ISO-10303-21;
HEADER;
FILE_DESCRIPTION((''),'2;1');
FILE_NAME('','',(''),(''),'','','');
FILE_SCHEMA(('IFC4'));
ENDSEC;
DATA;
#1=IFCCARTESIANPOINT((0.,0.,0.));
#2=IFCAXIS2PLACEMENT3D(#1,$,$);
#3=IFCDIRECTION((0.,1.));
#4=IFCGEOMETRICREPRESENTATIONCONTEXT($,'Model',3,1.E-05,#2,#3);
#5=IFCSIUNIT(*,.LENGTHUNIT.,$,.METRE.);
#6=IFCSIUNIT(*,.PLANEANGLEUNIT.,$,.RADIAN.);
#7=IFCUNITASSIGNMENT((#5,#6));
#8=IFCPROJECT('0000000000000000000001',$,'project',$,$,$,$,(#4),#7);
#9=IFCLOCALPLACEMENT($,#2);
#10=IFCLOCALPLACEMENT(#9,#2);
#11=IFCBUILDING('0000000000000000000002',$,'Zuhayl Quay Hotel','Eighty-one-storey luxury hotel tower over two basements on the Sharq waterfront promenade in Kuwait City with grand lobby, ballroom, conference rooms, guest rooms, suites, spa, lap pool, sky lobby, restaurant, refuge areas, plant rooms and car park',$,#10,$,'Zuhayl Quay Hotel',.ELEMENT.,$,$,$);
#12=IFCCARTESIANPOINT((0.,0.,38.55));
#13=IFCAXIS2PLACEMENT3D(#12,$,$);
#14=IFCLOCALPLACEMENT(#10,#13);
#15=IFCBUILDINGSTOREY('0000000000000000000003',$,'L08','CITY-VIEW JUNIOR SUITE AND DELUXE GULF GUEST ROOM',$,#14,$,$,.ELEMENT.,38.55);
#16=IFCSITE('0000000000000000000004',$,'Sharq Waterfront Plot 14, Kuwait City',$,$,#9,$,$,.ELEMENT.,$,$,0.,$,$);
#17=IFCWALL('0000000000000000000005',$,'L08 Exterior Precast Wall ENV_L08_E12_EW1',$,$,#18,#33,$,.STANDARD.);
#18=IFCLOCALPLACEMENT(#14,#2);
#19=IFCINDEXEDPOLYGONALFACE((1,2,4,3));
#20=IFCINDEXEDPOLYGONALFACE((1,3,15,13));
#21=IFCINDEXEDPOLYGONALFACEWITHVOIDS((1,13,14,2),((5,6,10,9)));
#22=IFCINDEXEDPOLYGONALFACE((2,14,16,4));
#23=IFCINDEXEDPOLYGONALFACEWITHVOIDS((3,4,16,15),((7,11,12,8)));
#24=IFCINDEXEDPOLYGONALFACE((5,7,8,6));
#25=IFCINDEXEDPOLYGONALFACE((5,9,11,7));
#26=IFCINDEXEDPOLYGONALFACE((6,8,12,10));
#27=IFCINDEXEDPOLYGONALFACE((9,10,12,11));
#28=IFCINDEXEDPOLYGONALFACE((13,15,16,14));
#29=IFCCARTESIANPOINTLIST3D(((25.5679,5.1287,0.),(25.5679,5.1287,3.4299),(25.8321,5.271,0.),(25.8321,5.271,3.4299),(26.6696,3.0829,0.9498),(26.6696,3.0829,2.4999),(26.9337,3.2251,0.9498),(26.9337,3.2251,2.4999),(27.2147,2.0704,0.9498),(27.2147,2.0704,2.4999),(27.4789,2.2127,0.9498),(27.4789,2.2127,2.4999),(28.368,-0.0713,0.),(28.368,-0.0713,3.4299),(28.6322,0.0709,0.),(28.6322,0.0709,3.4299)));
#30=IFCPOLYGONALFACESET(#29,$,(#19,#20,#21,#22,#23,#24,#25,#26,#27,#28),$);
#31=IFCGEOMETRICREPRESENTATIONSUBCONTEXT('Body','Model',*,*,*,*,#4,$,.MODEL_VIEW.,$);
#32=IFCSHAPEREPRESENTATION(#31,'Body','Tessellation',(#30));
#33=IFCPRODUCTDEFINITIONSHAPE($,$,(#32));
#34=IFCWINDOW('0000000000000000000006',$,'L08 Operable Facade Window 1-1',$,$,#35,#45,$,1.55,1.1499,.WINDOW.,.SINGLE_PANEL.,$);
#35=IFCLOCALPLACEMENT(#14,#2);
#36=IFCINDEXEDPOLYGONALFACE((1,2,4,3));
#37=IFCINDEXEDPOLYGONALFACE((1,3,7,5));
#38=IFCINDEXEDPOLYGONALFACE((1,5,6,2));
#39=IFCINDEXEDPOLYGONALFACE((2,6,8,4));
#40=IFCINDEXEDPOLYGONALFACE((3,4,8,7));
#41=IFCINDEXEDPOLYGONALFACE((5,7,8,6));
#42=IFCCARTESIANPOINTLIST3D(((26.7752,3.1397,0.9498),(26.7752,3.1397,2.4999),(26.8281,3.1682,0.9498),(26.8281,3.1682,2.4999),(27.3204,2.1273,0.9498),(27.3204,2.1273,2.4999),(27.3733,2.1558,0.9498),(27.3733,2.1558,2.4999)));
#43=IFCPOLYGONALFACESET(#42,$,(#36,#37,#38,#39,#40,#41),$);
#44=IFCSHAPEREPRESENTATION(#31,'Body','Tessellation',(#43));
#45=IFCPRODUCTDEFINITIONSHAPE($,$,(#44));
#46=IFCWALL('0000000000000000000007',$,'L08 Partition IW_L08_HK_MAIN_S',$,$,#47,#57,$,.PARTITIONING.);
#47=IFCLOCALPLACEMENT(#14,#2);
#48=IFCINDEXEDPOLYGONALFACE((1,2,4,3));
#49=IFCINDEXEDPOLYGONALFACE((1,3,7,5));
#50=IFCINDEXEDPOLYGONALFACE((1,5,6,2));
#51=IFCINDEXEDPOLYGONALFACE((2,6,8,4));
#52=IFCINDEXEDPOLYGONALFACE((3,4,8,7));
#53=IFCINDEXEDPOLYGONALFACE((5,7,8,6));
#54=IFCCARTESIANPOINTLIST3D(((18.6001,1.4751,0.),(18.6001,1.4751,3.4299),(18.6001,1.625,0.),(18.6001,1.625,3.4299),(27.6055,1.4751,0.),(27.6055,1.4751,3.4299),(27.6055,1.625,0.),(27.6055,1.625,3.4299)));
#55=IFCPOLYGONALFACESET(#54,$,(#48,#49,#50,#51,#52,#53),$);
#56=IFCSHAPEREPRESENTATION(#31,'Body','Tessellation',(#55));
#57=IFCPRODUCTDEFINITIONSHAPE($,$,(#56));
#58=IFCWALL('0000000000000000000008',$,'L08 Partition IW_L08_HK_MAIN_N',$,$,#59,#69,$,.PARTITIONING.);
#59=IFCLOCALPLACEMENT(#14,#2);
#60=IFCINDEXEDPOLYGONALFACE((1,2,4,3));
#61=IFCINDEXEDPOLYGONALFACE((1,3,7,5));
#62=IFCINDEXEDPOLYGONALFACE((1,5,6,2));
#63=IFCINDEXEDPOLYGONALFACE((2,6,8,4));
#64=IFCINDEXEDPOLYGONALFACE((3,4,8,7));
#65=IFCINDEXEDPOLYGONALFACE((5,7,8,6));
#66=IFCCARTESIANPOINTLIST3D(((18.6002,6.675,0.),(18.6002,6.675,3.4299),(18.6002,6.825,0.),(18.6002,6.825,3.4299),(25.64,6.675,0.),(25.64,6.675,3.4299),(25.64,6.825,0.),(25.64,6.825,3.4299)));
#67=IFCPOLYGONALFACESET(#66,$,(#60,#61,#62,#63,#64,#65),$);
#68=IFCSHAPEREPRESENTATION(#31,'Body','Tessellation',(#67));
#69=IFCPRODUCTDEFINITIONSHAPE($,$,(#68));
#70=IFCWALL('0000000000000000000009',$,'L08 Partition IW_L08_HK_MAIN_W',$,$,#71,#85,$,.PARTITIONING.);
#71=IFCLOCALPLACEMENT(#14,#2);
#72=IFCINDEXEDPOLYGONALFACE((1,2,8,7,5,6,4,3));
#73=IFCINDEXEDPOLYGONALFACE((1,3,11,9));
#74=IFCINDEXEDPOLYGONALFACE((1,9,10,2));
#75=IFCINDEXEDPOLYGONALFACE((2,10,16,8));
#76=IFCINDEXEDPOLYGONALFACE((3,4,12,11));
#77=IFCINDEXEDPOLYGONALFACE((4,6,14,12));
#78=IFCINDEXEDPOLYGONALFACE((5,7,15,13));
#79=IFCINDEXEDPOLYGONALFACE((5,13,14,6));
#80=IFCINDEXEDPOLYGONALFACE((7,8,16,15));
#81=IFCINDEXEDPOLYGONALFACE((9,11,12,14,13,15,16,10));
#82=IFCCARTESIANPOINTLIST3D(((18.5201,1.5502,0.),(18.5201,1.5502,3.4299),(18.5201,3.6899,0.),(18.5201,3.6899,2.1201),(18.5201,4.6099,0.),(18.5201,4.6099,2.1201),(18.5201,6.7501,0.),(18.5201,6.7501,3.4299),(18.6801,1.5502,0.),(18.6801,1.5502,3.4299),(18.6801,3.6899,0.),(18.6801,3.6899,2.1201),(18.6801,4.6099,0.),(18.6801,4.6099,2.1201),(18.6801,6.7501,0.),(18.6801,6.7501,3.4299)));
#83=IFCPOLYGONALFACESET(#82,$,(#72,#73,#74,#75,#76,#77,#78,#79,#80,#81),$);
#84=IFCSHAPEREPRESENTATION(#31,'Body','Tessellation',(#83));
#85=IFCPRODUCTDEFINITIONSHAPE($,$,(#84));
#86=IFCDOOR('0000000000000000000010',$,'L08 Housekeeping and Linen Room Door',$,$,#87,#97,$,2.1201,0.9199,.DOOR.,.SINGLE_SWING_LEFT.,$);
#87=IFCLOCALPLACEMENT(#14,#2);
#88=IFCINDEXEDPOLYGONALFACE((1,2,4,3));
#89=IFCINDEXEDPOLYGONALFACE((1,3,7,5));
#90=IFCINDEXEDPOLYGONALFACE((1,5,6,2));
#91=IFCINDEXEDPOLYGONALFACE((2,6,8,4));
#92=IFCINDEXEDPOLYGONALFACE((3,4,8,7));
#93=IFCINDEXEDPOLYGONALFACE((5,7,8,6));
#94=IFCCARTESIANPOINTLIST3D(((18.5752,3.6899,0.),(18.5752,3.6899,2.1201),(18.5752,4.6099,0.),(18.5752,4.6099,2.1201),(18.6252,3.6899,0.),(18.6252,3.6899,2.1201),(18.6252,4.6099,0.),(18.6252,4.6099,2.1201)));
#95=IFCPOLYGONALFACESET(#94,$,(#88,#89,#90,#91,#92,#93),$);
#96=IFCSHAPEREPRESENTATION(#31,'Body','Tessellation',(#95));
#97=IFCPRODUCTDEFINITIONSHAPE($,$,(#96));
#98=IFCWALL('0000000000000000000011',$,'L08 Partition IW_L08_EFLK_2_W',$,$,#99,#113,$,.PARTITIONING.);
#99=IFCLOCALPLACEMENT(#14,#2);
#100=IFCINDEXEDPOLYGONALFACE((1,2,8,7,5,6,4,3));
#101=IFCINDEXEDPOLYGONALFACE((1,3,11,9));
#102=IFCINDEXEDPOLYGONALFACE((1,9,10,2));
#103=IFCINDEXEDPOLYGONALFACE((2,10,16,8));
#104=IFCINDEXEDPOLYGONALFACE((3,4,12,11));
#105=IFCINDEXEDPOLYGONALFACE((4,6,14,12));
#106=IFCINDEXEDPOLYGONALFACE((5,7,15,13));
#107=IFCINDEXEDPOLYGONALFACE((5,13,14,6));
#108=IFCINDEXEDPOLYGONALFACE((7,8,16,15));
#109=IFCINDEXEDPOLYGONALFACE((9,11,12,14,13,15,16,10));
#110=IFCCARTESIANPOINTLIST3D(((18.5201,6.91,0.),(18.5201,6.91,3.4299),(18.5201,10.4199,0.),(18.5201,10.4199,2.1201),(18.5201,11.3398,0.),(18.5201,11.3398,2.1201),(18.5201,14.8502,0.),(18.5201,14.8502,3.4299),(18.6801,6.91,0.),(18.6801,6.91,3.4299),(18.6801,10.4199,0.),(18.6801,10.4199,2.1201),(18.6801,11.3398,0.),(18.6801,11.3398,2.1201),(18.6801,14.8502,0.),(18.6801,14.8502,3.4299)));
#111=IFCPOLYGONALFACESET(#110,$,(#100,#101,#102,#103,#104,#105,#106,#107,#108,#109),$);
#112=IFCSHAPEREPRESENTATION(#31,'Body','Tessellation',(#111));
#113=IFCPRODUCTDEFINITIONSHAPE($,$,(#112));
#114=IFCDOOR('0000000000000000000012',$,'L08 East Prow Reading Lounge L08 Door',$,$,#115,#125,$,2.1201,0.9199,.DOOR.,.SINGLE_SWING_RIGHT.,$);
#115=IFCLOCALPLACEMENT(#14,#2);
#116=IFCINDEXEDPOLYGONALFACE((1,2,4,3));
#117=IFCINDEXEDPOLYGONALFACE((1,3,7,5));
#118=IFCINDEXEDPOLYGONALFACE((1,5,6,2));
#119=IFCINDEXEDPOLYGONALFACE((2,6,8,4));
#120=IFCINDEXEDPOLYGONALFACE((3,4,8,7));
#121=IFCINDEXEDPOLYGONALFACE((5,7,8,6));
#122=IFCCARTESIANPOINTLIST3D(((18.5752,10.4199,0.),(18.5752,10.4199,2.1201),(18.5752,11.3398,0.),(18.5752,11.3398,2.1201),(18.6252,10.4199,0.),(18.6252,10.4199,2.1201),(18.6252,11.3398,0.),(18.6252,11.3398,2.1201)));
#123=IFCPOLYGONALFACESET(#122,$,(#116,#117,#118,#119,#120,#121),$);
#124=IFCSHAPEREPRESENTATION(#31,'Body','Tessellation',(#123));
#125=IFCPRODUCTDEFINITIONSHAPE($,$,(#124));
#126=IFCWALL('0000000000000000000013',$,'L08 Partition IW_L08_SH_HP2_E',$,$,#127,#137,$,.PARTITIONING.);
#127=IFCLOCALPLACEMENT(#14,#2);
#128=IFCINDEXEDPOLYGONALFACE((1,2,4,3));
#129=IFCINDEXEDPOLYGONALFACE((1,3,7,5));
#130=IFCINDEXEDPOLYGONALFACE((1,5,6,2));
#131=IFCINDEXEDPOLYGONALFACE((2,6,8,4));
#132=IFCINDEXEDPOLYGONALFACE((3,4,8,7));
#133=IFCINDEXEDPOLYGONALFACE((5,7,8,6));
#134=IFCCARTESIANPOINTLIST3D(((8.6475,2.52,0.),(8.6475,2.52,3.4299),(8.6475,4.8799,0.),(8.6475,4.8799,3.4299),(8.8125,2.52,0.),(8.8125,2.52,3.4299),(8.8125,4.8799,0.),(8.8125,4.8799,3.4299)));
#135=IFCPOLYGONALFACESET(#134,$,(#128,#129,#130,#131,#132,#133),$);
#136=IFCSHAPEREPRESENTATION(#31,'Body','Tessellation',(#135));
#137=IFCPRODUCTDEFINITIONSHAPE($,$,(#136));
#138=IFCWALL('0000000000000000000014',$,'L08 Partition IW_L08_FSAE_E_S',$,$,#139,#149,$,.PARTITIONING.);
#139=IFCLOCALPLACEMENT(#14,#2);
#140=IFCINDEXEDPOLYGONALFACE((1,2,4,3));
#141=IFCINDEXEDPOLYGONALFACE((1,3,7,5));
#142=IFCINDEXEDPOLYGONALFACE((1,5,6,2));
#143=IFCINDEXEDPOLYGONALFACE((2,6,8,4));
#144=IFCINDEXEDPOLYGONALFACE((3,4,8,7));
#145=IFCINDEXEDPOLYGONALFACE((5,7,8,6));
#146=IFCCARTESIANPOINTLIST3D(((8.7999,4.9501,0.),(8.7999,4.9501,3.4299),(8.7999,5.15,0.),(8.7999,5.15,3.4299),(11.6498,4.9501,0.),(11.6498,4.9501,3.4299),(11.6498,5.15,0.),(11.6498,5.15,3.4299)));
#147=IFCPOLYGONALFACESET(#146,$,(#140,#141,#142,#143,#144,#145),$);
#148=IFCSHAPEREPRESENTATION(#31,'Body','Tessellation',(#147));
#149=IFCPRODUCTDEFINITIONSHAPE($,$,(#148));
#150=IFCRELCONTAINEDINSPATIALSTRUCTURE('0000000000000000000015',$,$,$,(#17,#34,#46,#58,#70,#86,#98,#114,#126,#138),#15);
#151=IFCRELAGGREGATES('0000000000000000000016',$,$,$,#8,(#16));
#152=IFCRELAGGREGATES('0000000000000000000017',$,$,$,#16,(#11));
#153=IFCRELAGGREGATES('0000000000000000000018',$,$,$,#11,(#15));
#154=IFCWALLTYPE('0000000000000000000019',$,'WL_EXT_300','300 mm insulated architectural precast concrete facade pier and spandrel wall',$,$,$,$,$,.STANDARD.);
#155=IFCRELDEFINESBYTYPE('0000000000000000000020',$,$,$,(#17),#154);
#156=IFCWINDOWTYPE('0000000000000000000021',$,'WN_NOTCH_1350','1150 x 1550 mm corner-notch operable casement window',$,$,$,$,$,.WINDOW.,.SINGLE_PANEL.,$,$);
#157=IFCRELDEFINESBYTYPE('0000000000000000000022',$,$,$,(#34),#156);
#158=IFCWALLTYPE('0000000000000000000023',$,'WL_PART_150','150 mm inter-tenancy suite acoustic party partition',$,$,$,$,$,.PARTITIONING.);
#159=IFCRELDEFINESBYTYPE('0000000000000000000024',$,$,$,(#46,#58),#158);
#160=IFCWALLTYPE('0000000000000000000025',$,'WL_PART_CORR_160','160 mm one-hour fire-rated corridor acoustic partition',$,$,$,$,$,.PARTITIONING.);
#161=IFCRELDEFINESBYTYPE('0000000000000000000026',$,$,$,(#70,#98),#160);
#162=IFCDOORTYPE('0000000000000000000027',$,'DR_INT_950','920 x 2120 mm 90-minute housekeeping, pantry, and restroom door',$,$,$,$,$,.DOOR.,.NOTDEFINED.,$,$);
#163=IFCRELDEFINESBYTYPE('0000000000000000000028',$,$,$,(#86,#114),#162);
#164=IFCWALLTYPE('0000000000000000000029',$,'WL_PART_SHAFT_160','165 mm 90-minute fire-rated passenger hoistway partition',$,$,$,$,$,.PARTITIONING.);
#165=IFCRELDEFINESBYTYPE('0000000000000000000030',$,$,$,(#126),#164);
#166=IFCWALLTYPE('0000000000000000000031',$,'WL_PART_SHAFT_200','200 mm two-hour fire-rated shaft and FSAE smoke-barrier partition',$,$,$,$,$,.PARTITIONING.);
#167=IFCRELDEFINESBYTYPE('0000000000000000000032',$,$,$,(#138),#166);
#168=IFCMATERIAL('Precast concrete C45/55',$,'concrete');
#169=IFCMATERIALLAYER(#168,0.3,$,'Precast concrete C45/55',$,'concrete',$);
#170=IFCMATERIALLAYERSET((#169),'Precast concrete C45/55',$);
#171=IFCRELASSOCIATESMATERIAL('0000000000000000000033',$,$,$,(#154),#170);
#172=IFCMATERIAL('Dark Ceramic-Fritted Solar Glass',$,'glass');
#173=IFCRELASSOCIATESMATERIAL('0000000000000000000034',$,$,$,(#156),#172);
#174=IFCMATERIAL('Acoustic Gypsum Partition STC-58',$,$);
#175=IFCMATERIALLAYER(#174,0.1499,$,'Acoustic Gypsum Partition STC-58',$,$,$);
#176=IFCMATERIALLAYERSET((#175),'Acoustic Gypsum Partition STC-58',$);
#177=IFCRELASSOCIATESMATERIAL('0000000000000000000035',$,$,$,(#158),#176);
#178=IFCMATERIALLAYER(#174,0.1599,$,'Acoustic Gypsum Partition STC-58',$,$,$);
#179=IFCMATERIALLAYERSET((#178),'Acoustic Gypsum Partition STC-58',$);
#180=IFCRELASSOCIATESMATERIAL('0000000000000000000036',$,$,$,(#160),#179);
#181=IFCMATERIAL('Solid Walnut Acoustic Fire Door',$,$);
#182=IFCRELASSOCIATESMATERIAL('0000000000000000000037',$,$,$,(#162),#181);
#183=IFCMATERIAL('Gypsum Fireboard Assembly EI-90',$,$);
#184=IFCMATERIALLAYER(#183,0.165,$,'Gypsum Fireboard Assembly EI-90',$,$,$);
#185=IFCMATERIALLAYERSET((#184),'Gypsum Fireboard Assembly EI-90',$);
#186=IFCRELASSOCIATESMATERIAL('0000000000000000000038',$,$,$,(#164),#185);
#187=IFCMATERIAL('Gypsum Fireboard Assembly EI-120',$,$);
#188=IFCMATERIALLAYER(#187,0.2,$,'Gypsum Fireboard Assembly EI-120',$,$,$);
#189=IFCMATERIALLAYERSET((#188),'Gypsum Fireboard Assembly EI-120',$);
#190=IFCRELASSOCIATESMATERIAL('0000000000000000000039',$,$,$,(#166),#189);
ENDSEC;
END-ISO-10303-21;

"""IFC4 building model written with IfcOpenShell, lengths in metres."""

from ifc_helpers import new_model, si_unit, direction, frame, frame_2d, origin, place, context, subcontext, project, spatial, rectangle, extrude, material, layer, layer_set, type_object, element, fill, save


model = new_model("IFC4")

# Units and contexts
model_context = context("Model", 3, precision=1e-05, world=origin(), true_north=direction((0.0, 1.0)))
body_context = subcontext(model_context, "Body", "Model", "MODEL_VIEW")
ifc_project = project(units=[si_unit("LENGTHUNIT", "METRE"), si_unit("PLANEANGLEUNIT", "RADIAN")], contexts=[model_context])

# Site, building, storey
site_placement = place(None, origin())
site = spatial("IfcSite", under=ifc_project, at=site_placement, Name="Sharq Waterfront Plot 14, Kuwait City", CompositionType="ELEMENT", RefElevation=0.0)
building_placement = place(site_placement, origin())
building = spatial("IfcBuilding", under=site, at=building_placement, Name="Zuhayl Quay Hotel", Description="Eighty-one-storey luxury hotel tower over two basements on the Sharq waterfront promenade in Kuwait City with grand lobby, ballroom, conference rooms, guest rooms, suites, spa, lap pool, sky lobby, restaurant, refuge areas, plant rooms and car park", LongName="Zuhayl Quay Hotel", CompositionType="ELEMENT")
storey_placement = place(building_placement, frame((0.0, 0.0, 38.55)))
storey = spatial("IfcBuildingStorey", under=building, at=storey_placement, Name="L08", Description="CITY-VIEW JUNIOR SUITE AND DELUXE GULF GUEST ROOM", CompositionType="ELEMENT", Elevation=38.55)

# Shared definitions
ifc_material_1 = material(Name="Dark Ceramic-Fritted Solar Glass", Category="glass")

# Shared definitions
ifc_material_2 = material(Name="Precast concrete C45/55", Category="concrete")
ifc_layer_1 = layer(ifc_material_2, 0.3, Name="Precast concrete C45/55", Category="concrete")
ifc_layer_set_1 = layer_set([ifc_layer_1], Name="Precast concrete C45/55")
wall_type_1 = type_object("IfcWallType", Name="WL_EXT_300", Description="300 mm insulated architectural precast concrete facade pier and spandrel wall", PredefinedType="STANDARD", material=ifc_layer_set_1)

# Wall, opening, window
wall_1_placement = place(storey_placement, frame((25.7, 5.2, 0.0), z_axis=(0.0, 0.0, 1.0), x_axis=(0.47411, -0.880466, 0.0)))
wall_1 = element("IfcWall", 1, at=wall_1_placement, inside=storey, type_object=wall_type_1, Name="L08 Exterior Precast Wall ENV_L08_E12_EW1", PredefinedType="STANDARD", context=body_context, shape_type="SweptSolid", body=[
    extrude(rectangle(XDim=5.906, YDim=0.3, at=frame_2d((2.9531, 0.0))), origin(), (0.0, 0.0, 1.0), 3.4299),
])
opening_1_placement = place(wall_1_placement, frame((2.3237, 0.0, 0.95)))
opening_1 = element("IfcOpeningElement", 2, at=opening_1_placement, cuts=wall_1, PredefinedType="OPENING", context=body_context, shape_type="SweptSolid", body=[
    extrude(rectangle(XDim=1.1499, YDim=1.55, at=frame_2d((0.575, 0.7749))), frame((0.0, 0.1599, 0.0), z_axis=(0.0, -1.0, 0.0), x_axis=(1.0, 0.0, 0.0)), (0.0, 0.0, 1.0), 0.3201),
])
window_type = type_object("IfcWindowType", Name="WN_NOTCH_1350", Description="1150 x 1550 mm corner-notch operable casement window", PartitioningType="SINGLE_PANEL", PredefinedType="WINDOW", material=ifc_material_1)
window_placement = place(opening_1_placement, origin())
window = element("IfcWindow", 3, at=window_placement, inside=storey, type_object=window_type, Name="L08 Operable Facade Window 1-1", OverallHeight=1.55, OverallWidth=1.1499, PartitioningType="SINGLE_PANEL", PredefinedType="WINDOW", context=body_context, shape_type="SweptSolid", body=[
    extrude(rectangle(XDim=1.1499, YDim=1.55, at=frame_2d((0.575, 0.7749))), frame((0.0, 0.03, 0.0), z_axis=(0.0, -1.0, 0.0), x_axis=(1.0, 0.0, 0.0)), (0.0, 0.0, 1.0), 0.0601),
])
fill(opening_1, window)

# Walls
ifc_material_3 = material(Name="Acoustic Gypsum Partition STC-58")
ifc_layer_2 = layer(ifc_material_3, 0.1499, Name="Acoustic Gypsum Partition STC-58")
ifc_layer_set_2 = layer_set([ifc_layer_2], Name="Acoustic Gypsum Partition STC-58")
wall_type_2 = type_object("IfcWallType", Name="WL_PART_150", Description="150 mm inter-tenancy suite acoustic party partition", PredefinedType="PARTITIONING", material=ifc_layer_set_2)
wall_2_placement = place(storey_placement, frame((18.6001, 1.55, 0.0), z_axis=(0.0, 0.0, 1.0), x_axis=(1.0, 0.0, 0.0)))
element("IfcWall", 4, at=wall_2_placement, inside=storey, type_object=wall_type_2, Name="L08 Partition IW_L08_HK_MAIN_S", PredefinedType="PARTITIONING", context=body_context, shape_type="SweptSolid", body=[
    extrude(rectangle(XDim=9.0054, YDim=0.1499, at=frame_2d((4.5027, 0.0))), origin(), (0.0, 0.0, 1.0), 3.4299),
])
wall_3_placement = place(storey_placement, frame((18.6001, 6.75, 0.0), z_axis=(0.0, 0.0, 1.0), x_axis=(1.0, 0.0, 0.0)))
element("IfcWall", 5, at=wall_3_placement, inside=storey, type_object=wall_type_2, Name="L08 Partition IW_L08_HK_MAIN_N", PredefinedType="PARTITIONING", context=body_context, shape_type="SweptSolid", body=[
    extrude(rectangle(XDim=7.0398, YDim=0.1499, at=frame_2d((3.52, 0.0))), origin(), (0.0, 0.0, 1.0), 3.4299),
])

# Walls, openings, doors
ifc_layer_3 = layer(ifc_material_3, 0.1599, Name="Acoustic Gypsum Partition STC-58")
ifc_layer_set_3 = layer_set([ifc_layer_3], Name="Acoustic Gypsum Partition STC-58")
wall_type_3 = type_object("IfcWallType", Name="WL_PART_CORR_160", Description="160 mm one-hour fire-rated corridor acoustic partition", PredefinedType="PARTITIONING", material=ifc_layer_set_3)
wall_4_placement = place(storey_placement, frame((18.6001, 1.55, 0.0), z_axis=(0.0, 0.0, 1.0), x_axis=(0.0, 1.0, 0.0)))
wall_4 = element("IfcWall", 6, at=wall_4_placement, inside=storey, type_object=wall_type_3, Name="L08 Partition IW_L08_HK_MAIN_W", PredefinedType="PARTITIONING", context=body_context, shape_type="SweptSolid", body=[
    extrude(rectangle(XDim=5.2, YDim=0.1599, at=frame_2d((2.6001, 0.0))), origin(), (0.0, 0.0, 1.0), 3.4299),
])
opening_2_placement = place(wall_4_placement, frame((2.1399, 0.0, 0.0)))
opening_2 = element("IfcOpeningElement", 7, at=opening_2_placement, cuts=wall_4, PredefinedType="OPENING", context=body_context, shape_type="SweptSolid", body=[
    extrude(rectangle(XDim=0.9199, YDim=2.1201, at=frame_2d((0.46, 1.0601))), frame((0.0, 0.0898, 0.0), z_axis=(0.0, -1.0, 0.0), x_axis=(1.0, 0.0, 0.0)), (0.0, 0.0, 1.0), 0.1799),
])
ifc_material_4 = material(Name="Solid Walnut Acoustic Fire Door")
door_type = type_object("IfcDoorType", Name="DR_INT_950", Description="920 x 2120 mm 90-minute housekeeping, pantry, and restroom door", OperationType="NOTDEFINED", PredefinedType="DOOR", material=ifc_material_4)
door_1_placement = place(opening_2_placement, origin())
door_1 = element("IfcDoor", 8, at=door_1_placement, inside=storey, type_object=door_type, Name="L08 Housekeeping and Linen Room Door", OperationType="SINGLE_SWING_LEFT", OverallHeight=2.1201, OverallWidth=0.9199, PredefinedType="DOOR", context=body_context, shape_type="SweptSolid", body=[
    extrude(rectangle(XDim=0.9199, YDim=2.1201, at=frame_2d((0.46, 1.0601))), frame((0.0, 0.0249, 0.0), z_axis=(0.0, -1.0, 0.0), x_axis=(1.0, 0.0, 0.0)), (0.0, 0.0, 1.0), 0.05),
])
fill(opening_2, door_1)
wall_5_placement = place(storey_placement, frame((18.6001, 6.9099, 0.0), z_axis=(0.0, 0.0, 1.0), x_axis=(0.0, 1.0, 0.0)))
wall_5 = element("IfcWall", 9, at=wall_5_placement, inside=storey, type_object=wall_type_3, Name="L08 Partition IW_L08_EFLK_2_W", PredefinedType="PARTITIONING", context=body_context, shape_type="SweptSolid", body=[
    extrude(rectangle(XDim=7.9402, YDim=0.1599, at=frame_2d((3.9702, 0.0))), origin(), (0.0, 0.0, 1.0), 3.4299),
])
opening_3_placement = place(wall_5_placement, frame((3.51, 0.0, 0.0)))
opening_3 = element("IfcOpeningElement", 10, at=opening_3_placement, cuts=wall_5, PredefinedType="OPENING", context=body_context, shape_type="SweptSolid", body=[
    extrude(rectangle(XDim=0.9199, YDim=2.1201, at=frame_2d((0.46, 1.0601))), frame((0.0, 0.0898, 0.0), z_axis=(0.0, -1.0, 0.0), x_axis=(1.0, 0.0, 0.0)), (0.0, 0.0, 1.0), 0.1799),
])
door_2_placement = place(opening_3_placement, origin())
door_2 = element("IfcDoor", 11, at=door_2_placement, inside=storey, type_object=door_type, Name="L08 East Prow Reading Lounge L08 Door", OperationType="SINGLE_SWING_RIGHT", OverallHeight=2.1201, OverallWidth=0.9199, PredefinedType="DOOR", context=body_context, shape_type="SweptSolid", body=[
    extrude(rectangle(XDim=0.9199, YDim=2.1201, at=frame_2d((0.46, 1.0601))), frame((0.0, 0.0249, 0.0), z_axis=(0.0, -1.0, 0.0), x_axis=(1.0, 0.0, 0.0)), (0.0, 0.0, 1.0), 0.05),
])
fill(opening_3, door_2)

# Walls
ifc_material_5 = material(Name="Gypsum Fireboard Assembly EI-90")
ifc_layer_4 = layer(ifc_material_5, 0.165, Name="Gypsum Fireboard Assembly EI-90")
ifc_layer_set_4 = layer_set([ifc_layer_4], Name="Gypsum Fireboard Assembly EI-90")
wall_type_4 = type_object("IfcWallType", Name="WL_PART_SHAFT_160", Description="165 mm 90-minute fire-rated passenger hoistway partition", PredefinedType="PARTITIONING", material=ifc_layer_set_4)
wall_6_placement = place(storey_placement, frame((8.73, 2.52, 0.0), z_axis=(0.0, 0.0, 1.0), x_axis=(0.0, 1.0, 0.0)))
element("IfcWall", 12, at=wall_6_placement, inside=storey, type_object=wall_type_4, Name="L08 Partition IW_L08_SH_HP2_E", PredefinedType="PARTITIONING", context=body_context, shape_type="SweptSolid", body=[
    extrude(rectangle(XDim=2.3599, YDim=0.165, at=frame_2d((1.1799, 0.0))), origin(), (0.0, 0.0, 1.0), 3.4299),
])
ifc_material_6 = material(Name="Gypsum Fireboard Assembly EI-120")
ifc_layer_5 = layer(ifc_material_6, 0.2, Name="Gypsum Fireboard Assembly EI-120")
ifc_layer_set_5 = layer_set([ifc_layer_5], Name="Gypsum Fireboard Assembly EI-120")
wall_type_5 = type_object("IfcWallType", Name="WL_PART_SHAFT_200", Description="200 mm two-hour fire-rated shaft and FSAE smoke-barrier partition", PredefinedType="PARTITIONING", material=ifc_layer_set_5)
wall_7_placement = place(storey_placement, frame((8.8, 5.05, 0.0), z_axis=(0.0, 0.0, 1.0), x_axis=(1.0, 0.0, 0.0)))
element("IfcWall", 13, at=wall_7_placement, inside=storey, type_object=wall_type_5, Name="L08 Partition IW_L08_FSAE_E_S", PredefinedType="PARTITIONING", context=body_context, shape_type="SweptSolid", body=[
    extrude(rectangle(XDim=2.8499, YDim=0.2, at=frame_2d((1.4248, 0.0))), origin(), (0.0, 0.0, 1.0), 3.4299),
])

save(model, "model.ifc")
